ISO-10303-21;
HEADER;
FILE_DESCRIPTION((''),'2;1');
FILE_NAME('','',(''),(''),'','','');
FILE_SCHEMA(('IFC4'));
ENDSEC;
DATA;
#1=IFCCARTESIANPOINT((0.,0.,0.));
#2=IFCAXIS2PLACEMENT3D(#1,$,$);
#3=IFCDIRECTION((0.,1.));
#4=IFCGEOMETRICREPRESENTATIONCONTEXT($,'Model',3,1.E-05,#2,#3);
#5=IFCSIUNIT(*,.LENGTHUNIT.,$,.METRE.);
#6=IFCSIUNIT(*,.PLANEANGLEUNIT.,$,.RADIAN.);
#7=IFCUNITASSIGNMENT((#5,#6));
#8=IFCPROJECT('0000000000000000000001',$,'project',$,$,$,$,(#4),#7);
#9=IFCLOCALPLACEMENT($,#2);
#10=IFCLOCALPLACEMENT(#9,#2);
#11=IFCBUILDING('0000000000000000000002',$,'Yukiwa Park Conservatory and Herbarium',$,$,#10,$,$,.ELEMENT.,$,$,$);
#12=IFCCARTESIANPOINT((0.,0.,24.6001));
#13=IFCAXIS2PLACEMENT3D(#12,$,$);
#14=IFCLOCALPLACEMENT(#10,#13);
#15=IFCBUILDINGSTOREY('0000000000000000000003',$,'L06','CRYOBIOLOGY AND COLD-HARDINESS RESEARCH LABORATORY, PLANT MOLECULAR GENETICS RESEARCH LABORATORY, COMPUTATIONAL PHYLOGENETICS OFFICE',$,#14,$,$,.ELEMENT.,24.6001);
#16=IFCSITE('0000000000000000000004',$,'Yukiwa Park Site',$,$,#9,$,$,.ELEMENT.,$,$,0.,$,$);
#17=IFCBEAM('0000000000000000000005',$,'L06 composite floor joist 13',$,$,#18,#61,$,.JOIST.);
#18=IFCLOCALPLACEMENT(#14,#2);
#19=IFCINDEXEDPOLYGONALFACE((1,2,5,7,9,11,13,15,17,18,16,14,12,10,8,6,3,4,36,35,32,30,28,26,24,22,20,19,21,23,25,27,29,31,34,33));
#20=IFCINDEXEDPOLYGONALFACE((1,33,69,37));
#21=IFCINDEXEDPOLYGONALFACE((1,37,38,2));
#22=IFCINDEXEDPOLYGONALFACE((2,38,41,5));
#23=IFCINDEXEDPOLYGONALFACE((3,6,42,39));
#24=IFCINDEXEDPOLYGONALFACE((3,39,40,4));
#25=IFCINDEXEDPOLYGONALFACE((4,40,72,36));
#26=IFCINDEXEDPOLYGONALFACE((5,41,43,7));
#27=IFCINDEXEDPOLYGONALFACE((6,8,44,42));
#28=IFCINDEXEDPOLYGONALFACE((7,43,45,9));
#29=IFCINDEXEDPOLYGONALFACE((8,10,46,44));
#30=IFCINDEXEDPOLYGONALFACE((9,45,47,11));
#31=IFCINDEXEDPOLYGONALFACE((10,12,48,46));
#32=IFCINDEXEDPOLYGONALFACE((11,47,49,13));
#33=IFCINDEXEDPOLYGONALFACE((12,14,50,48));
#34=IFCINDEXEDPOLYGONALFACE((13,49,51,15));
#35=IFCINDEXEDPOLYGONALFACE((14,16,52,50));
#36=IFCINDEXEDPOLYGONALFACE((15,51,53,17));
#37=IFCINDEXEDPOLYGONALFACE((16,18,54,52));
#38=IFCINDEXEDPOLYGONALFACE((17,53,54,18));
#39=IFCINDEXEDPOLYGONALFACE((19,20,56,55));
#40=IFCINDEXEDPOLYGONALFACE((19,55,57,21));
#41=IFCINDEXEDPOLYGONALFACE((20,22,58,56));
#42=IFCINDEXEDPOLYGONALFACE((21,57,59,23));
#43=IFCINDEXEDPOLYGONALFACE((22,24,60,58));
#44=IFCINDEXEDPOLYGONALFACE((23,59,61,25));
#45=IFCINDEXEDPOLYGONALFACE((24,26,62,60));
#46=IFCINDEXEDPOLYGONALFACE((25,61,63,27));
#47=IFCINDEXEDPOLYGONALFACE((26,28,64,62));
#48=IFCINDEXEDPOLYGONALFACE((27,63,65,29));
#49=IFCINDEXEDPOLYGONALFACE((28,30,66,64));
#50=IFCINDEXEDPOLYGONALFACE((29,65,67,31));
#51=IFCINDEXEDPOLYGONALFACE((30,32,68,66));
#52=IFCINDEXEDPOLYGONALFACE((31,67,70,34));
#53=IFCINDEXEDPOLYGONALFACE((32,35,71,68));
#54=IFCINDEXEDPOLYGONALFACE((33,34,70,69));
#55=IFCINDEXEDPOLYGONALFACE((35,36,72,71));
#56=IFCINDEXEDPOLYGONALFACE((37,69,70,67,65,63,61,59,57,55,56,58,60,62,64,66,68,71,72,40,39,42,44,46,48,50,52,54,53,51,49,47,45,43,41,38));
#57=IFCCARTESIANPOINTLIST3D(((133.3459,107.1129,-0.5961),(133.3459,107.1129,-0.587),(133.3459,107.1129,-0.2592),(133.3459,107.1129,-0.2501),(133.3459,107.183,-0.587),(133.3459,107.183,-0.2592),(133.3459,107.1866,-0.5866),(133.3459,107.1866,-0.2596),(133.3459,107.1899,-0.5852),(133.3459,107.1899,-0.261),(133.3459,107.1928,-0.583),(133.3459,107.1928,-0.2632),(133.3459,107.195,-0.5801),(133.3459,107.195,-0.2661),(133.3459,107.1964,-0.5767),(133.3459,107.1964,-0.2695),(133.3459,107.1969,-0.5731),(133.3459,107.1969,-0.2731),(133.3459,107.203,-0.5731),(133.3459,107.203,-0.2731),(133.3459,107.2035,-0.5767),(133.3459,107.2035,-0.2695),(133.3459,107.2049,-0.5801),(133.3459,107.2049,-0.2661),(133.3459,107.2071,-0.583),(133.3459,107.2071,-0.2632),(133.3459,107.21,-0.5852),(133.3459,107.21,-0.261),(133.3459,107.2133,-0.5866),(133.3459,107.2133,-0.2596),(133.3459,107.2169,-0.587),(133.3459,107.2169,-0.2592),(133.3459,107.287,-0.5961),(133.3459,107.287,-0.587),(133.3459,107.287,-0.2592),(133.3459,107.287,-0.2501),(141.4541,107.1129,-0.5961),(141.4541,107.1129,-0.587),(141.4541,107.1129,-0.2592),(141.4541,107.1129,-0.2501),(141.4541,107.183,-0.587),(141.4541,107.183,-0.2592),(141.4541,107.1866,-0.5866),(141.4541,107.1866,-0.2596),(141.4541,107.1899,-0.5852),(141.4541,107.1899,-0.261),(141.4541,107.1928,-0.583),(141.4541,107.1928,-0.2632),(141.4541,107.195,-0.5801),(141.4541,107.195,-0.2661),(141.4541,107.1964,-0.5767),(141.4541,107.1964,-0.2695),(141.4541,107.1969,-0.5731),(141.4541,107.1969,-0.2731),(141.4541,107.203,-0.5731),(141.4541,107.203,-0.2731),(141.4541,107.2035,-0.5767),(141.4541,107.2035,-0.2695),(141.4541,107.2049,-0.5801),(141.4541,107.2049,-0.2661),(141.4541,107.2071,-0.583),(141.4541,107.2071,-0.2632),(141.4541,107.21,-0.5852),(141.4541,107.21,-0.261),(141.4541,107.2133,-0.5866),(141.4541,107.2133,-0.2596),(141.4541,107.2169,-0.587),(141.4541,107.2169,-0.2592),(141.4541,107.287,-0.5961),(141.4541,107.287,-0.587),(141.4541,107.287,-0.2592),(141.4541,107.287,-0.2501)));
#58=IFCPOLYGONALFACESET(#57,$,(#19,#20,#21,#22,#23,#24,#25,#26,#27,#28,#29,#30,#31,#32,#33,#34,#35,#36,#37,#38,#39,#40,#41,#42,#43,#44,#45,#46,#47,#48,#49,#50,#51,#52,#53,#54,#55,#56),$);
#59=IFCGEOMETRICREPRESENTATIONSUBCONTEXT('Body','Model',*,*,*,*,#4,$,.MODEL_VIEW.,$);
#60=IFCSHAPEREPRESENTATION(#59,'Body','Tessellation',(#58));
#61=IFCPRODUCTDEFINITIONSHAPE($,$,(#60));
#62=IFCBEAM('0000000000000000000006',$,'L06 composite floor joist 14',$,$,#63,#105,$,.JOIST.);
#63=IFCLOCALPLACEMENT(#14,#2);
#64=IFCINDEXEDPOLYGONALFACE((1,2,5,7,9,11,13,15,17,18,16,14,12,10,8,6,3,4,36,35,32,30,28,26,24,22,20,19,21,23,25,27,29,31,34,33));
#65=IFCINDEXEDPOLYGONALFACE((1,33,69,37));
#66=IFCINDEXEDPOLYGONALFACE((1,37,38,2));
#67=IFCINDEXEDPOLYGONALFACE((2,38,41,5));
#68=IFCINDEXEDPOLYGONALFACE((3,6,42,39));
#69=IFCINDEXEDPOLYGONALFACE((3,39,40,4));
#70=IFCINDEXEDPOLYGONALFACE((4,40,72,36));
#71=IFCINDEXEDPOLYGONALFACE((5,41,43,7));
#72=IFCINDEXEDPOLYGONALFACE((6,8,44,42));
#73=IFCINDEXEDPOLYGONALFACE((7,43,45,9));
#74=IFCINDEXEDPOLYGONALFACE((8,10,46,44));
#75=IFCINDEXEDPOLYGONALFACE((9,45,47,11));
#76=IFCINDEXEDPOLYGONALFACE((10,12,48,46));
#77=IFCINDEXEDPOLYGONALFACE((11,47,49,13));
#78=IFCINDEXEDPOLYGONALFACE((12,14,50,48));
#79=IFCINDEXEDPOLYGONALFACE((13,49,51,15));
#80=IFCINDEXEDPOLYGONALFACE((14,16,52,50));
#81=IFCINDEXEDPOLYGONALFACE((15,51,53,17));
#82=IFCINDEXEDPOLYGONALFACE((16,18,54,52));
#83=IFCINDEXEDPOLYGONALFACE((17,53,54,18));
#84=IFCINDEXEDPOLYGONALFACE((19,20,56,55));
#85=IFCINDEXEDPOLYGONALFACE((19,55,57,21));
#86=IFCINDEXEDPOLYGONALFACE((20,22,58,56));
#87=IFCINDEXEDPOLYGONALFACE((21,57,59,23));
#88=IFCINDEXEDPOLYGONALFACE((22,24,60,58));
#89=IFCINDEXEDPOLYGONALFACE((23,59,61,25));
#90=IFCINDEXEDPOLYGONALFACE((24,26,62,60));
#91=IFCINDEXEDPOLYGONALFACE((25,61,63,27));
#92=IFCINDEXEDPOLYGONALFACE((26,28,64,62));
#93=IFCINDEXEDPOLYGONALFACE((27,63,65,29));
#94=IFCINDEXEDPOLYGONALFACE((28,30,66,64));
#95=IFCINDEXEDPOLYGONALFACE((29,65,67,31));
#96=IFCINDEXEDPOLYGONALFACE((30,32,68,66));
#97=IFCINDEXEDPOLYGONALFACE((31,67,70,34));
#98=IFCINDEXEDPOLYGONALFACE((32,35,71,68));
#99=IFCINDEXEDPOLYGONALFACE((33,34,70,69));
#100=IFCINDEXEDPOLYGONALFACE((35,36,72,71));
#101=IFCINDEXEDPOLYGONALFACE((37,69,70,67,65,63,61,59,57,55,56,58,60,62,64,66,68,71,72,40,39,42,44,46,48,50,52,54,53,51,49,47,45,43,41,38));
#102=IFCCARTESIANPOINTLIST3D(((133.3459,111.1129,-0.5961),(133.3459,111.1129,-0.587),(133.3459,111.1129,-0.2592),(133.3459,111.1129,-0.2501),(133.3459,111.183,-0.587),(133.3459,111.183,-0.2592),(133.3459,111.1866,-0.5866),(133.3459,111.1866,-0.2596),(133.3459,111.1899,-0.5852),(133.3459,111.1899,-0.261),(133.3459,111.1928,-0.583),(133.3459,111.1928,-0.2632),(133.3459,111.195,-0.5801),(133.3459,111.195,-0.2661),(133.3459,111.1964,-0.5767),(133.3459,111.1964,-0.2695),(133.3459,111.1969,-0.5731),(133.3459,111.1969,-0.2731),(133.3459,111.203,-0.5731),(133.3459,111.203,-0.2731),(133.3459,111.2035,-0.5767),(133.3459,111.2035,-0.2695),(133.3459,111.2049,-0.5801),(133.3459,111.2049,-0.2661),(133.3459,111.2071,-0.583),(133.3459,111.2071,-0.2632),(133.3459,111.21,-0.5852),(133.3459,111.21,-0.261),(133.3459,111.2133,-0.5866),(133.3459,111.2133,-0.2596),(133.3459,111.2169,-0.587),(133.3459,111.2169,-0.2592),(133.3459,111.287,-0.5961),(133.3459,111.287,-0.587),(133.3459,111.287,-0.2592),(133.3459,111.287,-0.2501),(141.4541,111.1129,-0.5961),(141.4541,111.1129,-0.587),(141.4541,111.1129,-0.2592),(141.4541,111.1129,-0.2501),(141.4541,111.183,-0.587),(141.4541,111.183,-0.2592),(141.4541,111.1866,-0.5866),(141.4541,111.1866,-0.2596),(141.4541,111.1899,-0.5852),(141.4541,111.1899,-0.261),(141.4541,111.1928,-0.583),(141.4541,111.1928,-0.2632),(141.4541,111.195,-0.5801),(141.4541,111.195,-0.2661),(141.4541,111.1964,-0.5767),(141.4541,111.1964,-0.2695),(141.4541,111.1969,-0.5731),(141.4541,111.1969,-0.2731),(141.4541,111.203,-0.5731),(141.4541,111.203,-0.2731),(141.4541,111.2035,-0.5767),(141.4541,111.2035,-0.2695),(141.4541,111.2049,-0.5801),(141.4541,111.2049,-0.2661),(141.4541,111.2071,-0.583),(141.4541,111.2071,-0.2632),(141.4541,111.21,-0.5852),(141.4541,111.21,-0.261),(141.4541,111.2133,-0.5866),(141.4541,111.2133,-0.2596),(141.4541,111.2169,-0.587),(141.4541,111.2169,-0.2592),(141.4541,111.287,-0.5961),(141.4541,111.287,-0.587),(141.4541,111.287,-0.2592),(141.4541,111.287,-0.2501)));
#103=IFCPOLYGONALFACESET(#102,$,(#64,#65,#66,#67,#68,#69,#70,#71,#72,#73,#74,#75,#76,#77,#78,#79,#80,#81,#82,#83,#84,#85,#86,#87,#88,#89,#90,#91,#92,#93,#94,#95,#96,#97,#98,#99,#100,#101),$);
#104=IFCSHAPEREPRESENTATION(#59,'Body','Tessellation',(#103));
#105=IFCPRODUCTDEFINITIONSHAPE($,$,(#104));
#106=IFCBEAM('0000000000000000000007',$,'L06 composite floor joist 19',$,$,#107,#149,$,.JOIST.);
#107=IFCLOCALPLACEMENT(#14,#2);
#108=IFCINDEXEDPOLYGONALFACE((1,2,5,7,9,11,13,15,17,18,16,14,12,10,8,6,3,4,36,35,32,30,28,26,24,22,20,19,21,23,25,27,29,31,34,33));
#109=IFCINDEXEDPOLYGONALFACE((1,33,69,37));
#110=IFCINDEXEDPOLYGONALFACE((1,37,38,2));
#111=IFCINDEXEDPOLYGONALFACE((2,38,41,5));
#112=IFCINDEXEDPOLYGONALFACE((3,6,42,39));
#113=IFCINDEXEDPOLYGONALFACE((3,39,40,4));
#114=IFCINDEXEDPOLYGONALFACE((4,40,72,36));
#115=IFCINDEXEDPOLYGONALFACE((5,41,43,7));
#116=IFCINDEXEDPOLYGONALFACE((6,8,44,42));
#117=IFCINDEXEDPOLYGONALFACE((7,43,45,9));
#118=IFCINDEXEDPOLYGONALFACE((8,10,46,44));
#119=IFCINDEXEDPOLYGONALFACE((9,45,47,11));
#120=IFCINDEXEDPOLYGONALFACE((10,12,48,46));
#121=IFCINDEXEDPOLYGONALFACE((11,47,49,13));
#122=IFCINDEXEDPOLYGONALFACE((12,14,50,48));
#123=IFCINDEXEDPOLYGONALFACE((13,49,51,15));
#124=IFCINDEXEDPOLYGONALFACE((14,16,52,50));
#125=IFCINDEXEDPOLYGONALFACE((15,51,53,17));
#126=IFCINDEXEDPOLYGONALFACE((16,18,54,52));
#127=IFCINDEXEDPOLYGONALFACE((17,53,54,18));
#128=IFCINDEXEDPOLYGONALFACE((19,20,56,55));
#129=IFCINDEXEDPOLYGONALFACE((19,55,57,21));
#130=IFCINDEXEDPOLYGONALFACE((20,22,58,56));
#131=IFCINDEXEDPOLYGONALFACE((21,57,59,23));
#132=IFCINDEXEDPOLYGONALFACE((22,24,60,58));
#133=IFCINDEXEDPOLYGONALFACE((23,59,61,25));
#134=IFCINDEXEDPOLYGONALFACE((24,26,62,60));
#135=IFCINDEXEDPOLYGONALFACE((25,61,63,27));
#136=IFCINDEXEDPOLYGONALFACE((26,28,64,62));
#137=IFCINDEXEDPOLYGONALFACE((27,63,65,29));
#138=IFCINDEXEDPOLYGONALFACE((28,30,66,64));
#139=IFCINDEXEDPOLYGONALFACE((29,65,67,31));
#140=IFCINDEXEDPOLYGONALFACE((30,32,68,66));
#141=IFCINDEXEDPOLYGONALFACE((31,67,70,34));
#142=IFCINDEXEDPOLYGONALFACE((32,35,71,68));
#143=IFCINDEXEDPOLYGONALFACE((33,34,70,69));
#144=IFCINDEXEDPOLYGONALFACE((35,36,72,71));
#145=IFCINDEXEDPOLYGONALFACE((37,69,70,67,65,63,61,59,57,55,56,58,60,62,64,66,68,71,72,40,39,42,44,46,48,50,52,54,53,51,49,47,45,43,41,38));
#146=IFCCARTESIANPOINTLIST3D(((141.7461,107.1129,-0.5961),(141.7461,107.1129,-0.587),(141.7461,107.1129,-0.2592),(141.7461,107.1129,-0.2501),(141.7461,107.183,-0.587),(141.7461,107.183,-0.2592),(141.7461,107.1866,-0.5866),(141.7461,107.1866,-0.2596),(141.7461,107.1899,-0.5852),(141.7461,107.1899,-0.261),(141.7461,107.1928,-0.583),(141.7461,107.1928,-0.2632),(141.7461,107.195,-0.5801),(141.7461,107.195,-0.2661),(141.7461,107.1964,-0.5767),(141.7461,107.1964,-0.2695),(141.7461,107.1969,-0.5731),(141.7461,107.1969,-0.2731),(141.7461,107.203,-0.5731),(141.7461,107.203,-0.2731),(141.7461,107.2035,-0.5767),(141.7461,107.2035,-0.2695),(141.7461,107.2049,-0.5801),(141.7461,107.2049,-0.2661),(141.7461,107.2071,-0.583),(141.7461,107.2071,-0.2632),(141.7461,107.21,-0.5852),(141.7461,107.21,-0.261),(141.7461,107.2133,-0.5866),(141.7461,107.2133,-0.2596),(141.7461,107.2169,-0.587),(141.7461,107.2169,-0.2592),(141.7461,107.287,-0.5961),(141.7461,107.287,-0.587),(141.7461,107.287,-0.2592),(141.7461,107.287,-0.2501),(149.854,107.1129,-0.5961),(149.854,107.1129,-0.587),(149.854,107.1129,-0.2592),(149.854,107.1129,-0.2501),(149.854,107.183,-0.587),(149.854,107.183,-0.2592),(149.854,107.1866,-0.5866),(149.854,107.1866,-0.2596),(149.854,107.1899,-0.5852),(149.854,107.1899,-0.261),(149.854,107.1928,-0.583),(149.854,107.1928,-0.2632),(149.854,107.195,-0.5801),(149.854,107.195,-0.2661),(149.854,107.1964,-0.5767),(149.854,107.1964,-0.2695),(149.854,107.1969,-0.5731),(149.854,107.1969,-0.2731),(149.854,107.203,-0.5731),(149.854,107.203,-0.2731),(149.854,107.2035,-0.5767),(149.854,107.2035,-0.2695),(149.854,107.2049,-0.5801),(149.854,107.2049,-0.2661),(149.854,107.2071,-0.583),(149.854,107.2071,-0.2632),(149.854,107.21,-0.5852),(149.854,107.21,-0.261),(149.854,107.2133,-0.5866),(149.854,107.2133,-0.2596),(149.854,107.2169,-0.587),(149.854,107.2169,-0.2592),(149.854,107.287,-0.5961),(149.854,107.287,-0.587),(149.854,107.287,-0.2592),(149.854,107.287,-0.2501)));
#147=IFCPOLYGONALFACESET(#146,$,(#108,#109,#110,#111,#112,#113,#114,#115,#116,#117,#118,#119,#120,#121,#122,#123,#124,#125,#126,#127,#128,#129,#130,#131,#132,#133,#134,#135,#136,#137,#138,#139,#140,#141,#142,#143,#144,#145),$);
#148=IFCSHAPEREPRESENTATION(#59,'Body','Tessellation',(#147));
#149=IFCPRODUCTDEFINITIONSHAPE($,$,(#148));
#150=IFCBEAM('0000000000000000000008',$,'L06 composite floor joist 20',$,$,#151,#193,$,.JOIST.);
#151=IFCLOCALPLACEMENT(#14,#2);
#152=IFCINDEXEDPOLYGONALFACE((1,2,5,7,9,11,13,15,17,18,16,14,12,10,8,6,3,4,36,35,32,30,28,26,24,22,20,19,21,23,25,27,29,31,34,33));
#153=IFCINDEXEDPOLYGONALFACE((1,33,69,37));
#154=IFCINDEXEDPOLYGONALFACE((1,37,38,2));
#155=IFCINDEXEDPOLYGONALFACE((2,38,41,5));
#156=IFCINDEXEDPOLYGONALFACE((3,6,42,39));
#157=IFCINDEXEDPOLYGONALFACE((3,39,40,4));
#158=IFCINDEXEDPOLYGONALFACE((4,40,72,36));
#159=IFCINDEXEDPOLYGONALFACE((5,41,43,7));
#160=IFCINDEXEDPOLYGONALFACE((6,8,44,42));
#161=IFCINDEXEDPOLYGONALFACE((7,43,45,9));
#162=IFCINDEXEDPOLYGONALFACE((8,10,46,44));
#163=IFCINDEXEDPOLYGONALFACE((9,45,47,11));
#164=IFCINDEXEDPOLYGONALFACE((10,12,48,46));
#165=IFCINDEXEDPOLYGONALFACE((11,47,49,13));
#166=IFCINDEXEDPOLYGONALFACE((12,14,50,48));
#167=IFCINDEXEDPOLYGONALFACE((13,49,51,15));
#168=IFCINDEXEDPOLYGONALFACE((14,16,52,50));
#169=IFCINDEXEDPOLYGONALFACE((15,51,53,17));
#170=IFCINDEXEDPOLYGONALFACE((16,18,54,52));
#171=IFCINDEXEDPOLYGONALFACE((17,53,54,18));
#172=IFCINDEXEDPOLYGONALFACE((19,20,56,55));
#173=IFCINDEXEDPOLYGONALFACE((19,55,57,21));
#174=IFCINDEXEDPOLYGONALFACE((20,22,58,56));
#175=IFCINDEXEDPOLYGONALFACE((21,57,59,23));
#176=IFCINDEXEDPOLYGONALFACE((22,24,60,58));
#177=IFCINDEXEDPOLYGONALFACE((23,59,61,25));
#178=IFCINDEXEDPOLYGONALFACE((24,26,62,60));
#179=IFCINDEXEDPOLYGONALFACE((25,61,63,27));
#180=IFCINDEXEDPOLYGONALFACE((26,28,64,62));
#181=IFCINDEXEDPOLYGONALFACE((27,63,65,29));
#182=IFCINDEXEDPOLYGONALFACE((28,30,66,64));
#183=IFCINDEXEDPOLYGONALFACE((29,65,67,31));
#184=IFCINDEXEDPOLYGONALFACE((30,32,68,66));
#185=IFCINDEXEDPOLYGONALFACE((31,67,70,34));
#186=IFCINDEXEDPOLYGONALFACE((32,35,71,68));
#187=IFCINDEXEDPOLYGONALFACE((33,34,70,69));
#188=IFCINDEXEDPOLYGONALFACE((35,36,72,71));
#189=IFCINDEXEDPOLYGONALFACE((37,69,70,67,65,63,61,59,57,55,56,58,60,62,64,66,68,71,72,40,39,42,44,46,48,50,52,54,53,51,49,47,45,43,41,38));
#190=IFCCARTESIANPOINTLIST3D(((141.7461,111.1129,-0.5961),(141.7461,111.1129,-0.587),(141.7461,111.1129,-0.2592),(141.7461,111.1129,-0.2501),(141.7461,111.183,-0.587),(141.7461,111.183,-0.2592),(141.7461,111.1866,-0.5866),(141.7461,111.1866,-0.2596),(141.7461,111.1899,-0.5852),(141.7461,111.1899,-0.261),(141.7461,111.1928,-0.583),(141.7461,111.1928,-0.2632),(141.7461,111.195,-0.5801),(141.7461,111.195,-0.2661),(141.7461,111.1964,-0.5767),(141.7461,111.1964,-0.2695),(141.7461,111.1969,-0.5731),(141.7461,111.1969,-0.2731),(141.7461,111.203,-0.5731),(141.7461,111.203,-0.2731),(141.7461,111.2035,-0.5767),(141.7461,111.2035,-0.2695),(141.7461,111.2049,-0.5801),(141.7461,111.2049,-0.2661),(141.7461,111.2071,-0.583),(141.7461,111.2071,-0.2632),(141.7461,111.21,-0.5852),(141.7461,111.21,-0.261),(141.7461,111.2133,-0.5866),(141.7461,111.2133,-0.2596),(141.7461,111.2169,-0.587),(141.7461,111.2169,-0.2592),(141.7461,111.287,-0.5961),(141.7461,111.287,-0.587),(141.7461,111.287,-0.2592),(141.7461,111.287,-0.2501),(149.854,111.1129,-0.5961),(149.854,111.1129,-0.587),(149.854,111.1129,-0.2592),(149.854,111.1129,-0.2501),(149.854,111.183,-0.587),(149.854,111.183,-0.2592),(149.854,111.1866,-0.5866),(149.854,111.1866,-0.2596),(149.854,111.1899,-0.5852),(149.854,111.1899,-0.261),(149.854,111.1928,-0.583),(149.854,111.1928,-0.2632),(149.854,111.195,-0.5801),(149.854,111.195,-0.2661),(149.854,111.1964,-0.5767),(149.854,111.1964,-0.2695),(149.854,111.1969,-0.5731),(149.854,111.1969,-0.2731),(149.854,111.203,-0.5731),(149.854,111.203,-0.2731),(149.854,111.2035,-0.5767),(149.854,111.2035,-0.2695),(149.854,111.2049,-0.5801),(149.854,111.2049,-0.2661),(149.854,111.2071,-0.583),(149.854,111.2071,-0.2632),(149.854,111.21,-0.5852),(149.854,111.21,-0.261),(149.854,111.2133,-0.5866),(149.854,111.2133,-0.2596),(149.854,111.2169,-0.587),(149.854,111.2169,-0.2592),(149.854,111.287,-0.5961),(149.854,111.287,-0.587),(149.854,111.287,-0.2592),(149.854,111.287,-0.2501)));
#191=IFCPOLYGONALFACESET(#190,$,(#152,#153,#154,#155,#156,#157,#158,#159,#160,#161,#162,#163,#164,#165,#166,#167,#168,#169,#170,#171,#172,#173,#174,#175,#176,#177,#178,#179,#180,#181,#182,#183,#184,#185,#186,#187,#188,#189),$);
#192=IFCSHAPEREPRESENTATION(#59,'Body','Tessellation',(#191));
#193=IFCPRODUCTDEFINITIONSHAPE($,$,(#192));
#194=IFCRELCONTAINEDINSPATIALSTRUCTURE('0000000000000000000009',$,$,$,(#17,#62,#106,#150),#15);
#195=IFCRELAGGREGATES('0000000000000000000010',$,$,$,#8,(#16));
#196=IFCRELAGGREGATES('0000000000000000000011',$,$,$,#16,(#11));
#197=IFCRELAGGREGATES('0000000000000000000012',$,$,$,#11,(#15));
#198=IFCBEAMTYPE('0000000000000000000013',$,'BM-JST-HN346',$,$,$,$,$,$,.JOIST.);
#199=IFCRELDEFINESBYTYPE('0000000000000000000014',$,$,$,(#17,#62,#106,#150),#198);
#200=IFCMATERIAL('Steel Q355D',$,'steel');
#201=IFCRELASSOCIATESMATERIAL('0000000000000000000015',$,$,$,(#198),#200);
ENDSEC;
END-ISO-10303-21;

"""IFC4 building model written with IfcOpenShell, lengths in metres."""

from ifc_helpers import new_model, si_unit, direction, frame, origin, origin_2d, place, context, subcontext, project, spatial, i_section, extrude, material, material_profile, profile_set, type_object, element, save


model = new_model("IFC4")

# Units and contexts
model_context = context("Model", 3, precision=1e-05, world=origin(), true_north=direction((0.0, 1.0)))
body_context = subcontext(model_context, "Body", "Model", "MODEL_VIEW")
ifc_project = project(units=[si_unit("LENGTHUNIT", "METRE"), si_unit("PLANEANGLEUNIT", "RADIAN")], contexts=[model_context])

# Site, building, storey
site_placement = place(None, origin())
site = spatial("IfcSite", under=ifc_project, at=site_placement, Name="Yukiwa Park Site", CompositionType="ELEMENT", RefElevation=0.0)
building_placement = place(site_placement, origin())
building = spatial("IfcBuilding", under=site, at=building_placement, Name="Yukiwa Park Conservatory and Herbarium", CompositionType="ELEMENT")
storey_placement = place(building_placement, frame((0.0, 0.0, 24.6001)))
storey = spatial("IfcBuildingStorey", under=building, at=storey_placement, Name="L06", Description="CRYOBIOLOGY AND COLD-HARDINESS RESEARCH LABORATORY, PLANT MOLECULAR GENETICS RESEARCH LABORATORY, COMPUTATIONAL PHYLOGENETICS OFFICE", CompositionType="ELEMENT", Elevation=24.6001)

# Beams
ifc_material_1 = material(Name="Steel Q355D", Category="steel")
ifc_material_profile_1 = material_profile(ifc_material_1, i_section(OverallWidth=0.1741, OverallDepth=0.3459, WebThickness=0.0061, FlangeThickness=0.009, FilletRadius=0.0139, at=origin_2d()), Name="HN 346x174x6x9")
ifc_profile_set_1 = profile_set([ifc_material_profile_1], Name="Steel Q355D")
beam_type_1 = type_object("IfcBeamType", Name="BM-JST-HN346", PredefinedType="JOIST", material=ifc_profile_set_1)
for number, where, z_axis, x_axis, name in (
    (1, (133.3459, 107.2, -0.4231), (1.0, 0.0, 0.0), (0.0, 1.0, 0.0), "L06 composite floor joist 13"),
    (2, (133.3459, 111.2, -0.4231), (1.0, 0.0, 0.0), (0.0, 1.0, 0.0), "L06 composite floor joist 14"),
):
    element("IfcBeam", number, at=place(storey_placement, frame(where, z_axis=z_axis, x_axis=x_axis)), inside=storey, type_object=beam_type_1, Name=name, PredefinedType="JOIST", context=body_context, shape_type="SweptSolid", body=[
        extrude(i_section(OverallWidth=0.1741, OverallDepth=0.3459, WebThickness=0.0061, FlangeThickness=0.009, FilletRadius=0.0139, at=origin_2d()), origin(), (0.0, 0.0, 1.0), 8.1082),
    ])
for number, where, z_axis, x_axis, name in (
    (3, (141.7461, 107.2, -0.4231), (1.0, 0.0, 0.0), (0.0, 1.0, 0.0), "L06 composite floor joist 19"),
    (4, (141.7461, 111.2, -0.4231), (1.0, 0.0, 0.0), (0.0, 1.0, 0.0), "L06 composite floor joist 20"),
):
    element("IfcBeam", number, at=place(storey_placement, frame(where, z_axis=z_axis, x_axis=x_axis)), inside=storey, type_object=beam_type_1, Name=name, PredefinedType="JOIST", context=body_context, shape_type="SweptSolid", body=[
        extrude(i_section(OverallWidth=0.1741, OverallDepth=0.3459, WebThickness=0.0061, FlangeThickness=0.009, FilletRadius=0.0139, at=origin_2d()), origin(), (0.0, 0.0, 1.0), 8.1079),
    ])

save(model, "model.ifc")
